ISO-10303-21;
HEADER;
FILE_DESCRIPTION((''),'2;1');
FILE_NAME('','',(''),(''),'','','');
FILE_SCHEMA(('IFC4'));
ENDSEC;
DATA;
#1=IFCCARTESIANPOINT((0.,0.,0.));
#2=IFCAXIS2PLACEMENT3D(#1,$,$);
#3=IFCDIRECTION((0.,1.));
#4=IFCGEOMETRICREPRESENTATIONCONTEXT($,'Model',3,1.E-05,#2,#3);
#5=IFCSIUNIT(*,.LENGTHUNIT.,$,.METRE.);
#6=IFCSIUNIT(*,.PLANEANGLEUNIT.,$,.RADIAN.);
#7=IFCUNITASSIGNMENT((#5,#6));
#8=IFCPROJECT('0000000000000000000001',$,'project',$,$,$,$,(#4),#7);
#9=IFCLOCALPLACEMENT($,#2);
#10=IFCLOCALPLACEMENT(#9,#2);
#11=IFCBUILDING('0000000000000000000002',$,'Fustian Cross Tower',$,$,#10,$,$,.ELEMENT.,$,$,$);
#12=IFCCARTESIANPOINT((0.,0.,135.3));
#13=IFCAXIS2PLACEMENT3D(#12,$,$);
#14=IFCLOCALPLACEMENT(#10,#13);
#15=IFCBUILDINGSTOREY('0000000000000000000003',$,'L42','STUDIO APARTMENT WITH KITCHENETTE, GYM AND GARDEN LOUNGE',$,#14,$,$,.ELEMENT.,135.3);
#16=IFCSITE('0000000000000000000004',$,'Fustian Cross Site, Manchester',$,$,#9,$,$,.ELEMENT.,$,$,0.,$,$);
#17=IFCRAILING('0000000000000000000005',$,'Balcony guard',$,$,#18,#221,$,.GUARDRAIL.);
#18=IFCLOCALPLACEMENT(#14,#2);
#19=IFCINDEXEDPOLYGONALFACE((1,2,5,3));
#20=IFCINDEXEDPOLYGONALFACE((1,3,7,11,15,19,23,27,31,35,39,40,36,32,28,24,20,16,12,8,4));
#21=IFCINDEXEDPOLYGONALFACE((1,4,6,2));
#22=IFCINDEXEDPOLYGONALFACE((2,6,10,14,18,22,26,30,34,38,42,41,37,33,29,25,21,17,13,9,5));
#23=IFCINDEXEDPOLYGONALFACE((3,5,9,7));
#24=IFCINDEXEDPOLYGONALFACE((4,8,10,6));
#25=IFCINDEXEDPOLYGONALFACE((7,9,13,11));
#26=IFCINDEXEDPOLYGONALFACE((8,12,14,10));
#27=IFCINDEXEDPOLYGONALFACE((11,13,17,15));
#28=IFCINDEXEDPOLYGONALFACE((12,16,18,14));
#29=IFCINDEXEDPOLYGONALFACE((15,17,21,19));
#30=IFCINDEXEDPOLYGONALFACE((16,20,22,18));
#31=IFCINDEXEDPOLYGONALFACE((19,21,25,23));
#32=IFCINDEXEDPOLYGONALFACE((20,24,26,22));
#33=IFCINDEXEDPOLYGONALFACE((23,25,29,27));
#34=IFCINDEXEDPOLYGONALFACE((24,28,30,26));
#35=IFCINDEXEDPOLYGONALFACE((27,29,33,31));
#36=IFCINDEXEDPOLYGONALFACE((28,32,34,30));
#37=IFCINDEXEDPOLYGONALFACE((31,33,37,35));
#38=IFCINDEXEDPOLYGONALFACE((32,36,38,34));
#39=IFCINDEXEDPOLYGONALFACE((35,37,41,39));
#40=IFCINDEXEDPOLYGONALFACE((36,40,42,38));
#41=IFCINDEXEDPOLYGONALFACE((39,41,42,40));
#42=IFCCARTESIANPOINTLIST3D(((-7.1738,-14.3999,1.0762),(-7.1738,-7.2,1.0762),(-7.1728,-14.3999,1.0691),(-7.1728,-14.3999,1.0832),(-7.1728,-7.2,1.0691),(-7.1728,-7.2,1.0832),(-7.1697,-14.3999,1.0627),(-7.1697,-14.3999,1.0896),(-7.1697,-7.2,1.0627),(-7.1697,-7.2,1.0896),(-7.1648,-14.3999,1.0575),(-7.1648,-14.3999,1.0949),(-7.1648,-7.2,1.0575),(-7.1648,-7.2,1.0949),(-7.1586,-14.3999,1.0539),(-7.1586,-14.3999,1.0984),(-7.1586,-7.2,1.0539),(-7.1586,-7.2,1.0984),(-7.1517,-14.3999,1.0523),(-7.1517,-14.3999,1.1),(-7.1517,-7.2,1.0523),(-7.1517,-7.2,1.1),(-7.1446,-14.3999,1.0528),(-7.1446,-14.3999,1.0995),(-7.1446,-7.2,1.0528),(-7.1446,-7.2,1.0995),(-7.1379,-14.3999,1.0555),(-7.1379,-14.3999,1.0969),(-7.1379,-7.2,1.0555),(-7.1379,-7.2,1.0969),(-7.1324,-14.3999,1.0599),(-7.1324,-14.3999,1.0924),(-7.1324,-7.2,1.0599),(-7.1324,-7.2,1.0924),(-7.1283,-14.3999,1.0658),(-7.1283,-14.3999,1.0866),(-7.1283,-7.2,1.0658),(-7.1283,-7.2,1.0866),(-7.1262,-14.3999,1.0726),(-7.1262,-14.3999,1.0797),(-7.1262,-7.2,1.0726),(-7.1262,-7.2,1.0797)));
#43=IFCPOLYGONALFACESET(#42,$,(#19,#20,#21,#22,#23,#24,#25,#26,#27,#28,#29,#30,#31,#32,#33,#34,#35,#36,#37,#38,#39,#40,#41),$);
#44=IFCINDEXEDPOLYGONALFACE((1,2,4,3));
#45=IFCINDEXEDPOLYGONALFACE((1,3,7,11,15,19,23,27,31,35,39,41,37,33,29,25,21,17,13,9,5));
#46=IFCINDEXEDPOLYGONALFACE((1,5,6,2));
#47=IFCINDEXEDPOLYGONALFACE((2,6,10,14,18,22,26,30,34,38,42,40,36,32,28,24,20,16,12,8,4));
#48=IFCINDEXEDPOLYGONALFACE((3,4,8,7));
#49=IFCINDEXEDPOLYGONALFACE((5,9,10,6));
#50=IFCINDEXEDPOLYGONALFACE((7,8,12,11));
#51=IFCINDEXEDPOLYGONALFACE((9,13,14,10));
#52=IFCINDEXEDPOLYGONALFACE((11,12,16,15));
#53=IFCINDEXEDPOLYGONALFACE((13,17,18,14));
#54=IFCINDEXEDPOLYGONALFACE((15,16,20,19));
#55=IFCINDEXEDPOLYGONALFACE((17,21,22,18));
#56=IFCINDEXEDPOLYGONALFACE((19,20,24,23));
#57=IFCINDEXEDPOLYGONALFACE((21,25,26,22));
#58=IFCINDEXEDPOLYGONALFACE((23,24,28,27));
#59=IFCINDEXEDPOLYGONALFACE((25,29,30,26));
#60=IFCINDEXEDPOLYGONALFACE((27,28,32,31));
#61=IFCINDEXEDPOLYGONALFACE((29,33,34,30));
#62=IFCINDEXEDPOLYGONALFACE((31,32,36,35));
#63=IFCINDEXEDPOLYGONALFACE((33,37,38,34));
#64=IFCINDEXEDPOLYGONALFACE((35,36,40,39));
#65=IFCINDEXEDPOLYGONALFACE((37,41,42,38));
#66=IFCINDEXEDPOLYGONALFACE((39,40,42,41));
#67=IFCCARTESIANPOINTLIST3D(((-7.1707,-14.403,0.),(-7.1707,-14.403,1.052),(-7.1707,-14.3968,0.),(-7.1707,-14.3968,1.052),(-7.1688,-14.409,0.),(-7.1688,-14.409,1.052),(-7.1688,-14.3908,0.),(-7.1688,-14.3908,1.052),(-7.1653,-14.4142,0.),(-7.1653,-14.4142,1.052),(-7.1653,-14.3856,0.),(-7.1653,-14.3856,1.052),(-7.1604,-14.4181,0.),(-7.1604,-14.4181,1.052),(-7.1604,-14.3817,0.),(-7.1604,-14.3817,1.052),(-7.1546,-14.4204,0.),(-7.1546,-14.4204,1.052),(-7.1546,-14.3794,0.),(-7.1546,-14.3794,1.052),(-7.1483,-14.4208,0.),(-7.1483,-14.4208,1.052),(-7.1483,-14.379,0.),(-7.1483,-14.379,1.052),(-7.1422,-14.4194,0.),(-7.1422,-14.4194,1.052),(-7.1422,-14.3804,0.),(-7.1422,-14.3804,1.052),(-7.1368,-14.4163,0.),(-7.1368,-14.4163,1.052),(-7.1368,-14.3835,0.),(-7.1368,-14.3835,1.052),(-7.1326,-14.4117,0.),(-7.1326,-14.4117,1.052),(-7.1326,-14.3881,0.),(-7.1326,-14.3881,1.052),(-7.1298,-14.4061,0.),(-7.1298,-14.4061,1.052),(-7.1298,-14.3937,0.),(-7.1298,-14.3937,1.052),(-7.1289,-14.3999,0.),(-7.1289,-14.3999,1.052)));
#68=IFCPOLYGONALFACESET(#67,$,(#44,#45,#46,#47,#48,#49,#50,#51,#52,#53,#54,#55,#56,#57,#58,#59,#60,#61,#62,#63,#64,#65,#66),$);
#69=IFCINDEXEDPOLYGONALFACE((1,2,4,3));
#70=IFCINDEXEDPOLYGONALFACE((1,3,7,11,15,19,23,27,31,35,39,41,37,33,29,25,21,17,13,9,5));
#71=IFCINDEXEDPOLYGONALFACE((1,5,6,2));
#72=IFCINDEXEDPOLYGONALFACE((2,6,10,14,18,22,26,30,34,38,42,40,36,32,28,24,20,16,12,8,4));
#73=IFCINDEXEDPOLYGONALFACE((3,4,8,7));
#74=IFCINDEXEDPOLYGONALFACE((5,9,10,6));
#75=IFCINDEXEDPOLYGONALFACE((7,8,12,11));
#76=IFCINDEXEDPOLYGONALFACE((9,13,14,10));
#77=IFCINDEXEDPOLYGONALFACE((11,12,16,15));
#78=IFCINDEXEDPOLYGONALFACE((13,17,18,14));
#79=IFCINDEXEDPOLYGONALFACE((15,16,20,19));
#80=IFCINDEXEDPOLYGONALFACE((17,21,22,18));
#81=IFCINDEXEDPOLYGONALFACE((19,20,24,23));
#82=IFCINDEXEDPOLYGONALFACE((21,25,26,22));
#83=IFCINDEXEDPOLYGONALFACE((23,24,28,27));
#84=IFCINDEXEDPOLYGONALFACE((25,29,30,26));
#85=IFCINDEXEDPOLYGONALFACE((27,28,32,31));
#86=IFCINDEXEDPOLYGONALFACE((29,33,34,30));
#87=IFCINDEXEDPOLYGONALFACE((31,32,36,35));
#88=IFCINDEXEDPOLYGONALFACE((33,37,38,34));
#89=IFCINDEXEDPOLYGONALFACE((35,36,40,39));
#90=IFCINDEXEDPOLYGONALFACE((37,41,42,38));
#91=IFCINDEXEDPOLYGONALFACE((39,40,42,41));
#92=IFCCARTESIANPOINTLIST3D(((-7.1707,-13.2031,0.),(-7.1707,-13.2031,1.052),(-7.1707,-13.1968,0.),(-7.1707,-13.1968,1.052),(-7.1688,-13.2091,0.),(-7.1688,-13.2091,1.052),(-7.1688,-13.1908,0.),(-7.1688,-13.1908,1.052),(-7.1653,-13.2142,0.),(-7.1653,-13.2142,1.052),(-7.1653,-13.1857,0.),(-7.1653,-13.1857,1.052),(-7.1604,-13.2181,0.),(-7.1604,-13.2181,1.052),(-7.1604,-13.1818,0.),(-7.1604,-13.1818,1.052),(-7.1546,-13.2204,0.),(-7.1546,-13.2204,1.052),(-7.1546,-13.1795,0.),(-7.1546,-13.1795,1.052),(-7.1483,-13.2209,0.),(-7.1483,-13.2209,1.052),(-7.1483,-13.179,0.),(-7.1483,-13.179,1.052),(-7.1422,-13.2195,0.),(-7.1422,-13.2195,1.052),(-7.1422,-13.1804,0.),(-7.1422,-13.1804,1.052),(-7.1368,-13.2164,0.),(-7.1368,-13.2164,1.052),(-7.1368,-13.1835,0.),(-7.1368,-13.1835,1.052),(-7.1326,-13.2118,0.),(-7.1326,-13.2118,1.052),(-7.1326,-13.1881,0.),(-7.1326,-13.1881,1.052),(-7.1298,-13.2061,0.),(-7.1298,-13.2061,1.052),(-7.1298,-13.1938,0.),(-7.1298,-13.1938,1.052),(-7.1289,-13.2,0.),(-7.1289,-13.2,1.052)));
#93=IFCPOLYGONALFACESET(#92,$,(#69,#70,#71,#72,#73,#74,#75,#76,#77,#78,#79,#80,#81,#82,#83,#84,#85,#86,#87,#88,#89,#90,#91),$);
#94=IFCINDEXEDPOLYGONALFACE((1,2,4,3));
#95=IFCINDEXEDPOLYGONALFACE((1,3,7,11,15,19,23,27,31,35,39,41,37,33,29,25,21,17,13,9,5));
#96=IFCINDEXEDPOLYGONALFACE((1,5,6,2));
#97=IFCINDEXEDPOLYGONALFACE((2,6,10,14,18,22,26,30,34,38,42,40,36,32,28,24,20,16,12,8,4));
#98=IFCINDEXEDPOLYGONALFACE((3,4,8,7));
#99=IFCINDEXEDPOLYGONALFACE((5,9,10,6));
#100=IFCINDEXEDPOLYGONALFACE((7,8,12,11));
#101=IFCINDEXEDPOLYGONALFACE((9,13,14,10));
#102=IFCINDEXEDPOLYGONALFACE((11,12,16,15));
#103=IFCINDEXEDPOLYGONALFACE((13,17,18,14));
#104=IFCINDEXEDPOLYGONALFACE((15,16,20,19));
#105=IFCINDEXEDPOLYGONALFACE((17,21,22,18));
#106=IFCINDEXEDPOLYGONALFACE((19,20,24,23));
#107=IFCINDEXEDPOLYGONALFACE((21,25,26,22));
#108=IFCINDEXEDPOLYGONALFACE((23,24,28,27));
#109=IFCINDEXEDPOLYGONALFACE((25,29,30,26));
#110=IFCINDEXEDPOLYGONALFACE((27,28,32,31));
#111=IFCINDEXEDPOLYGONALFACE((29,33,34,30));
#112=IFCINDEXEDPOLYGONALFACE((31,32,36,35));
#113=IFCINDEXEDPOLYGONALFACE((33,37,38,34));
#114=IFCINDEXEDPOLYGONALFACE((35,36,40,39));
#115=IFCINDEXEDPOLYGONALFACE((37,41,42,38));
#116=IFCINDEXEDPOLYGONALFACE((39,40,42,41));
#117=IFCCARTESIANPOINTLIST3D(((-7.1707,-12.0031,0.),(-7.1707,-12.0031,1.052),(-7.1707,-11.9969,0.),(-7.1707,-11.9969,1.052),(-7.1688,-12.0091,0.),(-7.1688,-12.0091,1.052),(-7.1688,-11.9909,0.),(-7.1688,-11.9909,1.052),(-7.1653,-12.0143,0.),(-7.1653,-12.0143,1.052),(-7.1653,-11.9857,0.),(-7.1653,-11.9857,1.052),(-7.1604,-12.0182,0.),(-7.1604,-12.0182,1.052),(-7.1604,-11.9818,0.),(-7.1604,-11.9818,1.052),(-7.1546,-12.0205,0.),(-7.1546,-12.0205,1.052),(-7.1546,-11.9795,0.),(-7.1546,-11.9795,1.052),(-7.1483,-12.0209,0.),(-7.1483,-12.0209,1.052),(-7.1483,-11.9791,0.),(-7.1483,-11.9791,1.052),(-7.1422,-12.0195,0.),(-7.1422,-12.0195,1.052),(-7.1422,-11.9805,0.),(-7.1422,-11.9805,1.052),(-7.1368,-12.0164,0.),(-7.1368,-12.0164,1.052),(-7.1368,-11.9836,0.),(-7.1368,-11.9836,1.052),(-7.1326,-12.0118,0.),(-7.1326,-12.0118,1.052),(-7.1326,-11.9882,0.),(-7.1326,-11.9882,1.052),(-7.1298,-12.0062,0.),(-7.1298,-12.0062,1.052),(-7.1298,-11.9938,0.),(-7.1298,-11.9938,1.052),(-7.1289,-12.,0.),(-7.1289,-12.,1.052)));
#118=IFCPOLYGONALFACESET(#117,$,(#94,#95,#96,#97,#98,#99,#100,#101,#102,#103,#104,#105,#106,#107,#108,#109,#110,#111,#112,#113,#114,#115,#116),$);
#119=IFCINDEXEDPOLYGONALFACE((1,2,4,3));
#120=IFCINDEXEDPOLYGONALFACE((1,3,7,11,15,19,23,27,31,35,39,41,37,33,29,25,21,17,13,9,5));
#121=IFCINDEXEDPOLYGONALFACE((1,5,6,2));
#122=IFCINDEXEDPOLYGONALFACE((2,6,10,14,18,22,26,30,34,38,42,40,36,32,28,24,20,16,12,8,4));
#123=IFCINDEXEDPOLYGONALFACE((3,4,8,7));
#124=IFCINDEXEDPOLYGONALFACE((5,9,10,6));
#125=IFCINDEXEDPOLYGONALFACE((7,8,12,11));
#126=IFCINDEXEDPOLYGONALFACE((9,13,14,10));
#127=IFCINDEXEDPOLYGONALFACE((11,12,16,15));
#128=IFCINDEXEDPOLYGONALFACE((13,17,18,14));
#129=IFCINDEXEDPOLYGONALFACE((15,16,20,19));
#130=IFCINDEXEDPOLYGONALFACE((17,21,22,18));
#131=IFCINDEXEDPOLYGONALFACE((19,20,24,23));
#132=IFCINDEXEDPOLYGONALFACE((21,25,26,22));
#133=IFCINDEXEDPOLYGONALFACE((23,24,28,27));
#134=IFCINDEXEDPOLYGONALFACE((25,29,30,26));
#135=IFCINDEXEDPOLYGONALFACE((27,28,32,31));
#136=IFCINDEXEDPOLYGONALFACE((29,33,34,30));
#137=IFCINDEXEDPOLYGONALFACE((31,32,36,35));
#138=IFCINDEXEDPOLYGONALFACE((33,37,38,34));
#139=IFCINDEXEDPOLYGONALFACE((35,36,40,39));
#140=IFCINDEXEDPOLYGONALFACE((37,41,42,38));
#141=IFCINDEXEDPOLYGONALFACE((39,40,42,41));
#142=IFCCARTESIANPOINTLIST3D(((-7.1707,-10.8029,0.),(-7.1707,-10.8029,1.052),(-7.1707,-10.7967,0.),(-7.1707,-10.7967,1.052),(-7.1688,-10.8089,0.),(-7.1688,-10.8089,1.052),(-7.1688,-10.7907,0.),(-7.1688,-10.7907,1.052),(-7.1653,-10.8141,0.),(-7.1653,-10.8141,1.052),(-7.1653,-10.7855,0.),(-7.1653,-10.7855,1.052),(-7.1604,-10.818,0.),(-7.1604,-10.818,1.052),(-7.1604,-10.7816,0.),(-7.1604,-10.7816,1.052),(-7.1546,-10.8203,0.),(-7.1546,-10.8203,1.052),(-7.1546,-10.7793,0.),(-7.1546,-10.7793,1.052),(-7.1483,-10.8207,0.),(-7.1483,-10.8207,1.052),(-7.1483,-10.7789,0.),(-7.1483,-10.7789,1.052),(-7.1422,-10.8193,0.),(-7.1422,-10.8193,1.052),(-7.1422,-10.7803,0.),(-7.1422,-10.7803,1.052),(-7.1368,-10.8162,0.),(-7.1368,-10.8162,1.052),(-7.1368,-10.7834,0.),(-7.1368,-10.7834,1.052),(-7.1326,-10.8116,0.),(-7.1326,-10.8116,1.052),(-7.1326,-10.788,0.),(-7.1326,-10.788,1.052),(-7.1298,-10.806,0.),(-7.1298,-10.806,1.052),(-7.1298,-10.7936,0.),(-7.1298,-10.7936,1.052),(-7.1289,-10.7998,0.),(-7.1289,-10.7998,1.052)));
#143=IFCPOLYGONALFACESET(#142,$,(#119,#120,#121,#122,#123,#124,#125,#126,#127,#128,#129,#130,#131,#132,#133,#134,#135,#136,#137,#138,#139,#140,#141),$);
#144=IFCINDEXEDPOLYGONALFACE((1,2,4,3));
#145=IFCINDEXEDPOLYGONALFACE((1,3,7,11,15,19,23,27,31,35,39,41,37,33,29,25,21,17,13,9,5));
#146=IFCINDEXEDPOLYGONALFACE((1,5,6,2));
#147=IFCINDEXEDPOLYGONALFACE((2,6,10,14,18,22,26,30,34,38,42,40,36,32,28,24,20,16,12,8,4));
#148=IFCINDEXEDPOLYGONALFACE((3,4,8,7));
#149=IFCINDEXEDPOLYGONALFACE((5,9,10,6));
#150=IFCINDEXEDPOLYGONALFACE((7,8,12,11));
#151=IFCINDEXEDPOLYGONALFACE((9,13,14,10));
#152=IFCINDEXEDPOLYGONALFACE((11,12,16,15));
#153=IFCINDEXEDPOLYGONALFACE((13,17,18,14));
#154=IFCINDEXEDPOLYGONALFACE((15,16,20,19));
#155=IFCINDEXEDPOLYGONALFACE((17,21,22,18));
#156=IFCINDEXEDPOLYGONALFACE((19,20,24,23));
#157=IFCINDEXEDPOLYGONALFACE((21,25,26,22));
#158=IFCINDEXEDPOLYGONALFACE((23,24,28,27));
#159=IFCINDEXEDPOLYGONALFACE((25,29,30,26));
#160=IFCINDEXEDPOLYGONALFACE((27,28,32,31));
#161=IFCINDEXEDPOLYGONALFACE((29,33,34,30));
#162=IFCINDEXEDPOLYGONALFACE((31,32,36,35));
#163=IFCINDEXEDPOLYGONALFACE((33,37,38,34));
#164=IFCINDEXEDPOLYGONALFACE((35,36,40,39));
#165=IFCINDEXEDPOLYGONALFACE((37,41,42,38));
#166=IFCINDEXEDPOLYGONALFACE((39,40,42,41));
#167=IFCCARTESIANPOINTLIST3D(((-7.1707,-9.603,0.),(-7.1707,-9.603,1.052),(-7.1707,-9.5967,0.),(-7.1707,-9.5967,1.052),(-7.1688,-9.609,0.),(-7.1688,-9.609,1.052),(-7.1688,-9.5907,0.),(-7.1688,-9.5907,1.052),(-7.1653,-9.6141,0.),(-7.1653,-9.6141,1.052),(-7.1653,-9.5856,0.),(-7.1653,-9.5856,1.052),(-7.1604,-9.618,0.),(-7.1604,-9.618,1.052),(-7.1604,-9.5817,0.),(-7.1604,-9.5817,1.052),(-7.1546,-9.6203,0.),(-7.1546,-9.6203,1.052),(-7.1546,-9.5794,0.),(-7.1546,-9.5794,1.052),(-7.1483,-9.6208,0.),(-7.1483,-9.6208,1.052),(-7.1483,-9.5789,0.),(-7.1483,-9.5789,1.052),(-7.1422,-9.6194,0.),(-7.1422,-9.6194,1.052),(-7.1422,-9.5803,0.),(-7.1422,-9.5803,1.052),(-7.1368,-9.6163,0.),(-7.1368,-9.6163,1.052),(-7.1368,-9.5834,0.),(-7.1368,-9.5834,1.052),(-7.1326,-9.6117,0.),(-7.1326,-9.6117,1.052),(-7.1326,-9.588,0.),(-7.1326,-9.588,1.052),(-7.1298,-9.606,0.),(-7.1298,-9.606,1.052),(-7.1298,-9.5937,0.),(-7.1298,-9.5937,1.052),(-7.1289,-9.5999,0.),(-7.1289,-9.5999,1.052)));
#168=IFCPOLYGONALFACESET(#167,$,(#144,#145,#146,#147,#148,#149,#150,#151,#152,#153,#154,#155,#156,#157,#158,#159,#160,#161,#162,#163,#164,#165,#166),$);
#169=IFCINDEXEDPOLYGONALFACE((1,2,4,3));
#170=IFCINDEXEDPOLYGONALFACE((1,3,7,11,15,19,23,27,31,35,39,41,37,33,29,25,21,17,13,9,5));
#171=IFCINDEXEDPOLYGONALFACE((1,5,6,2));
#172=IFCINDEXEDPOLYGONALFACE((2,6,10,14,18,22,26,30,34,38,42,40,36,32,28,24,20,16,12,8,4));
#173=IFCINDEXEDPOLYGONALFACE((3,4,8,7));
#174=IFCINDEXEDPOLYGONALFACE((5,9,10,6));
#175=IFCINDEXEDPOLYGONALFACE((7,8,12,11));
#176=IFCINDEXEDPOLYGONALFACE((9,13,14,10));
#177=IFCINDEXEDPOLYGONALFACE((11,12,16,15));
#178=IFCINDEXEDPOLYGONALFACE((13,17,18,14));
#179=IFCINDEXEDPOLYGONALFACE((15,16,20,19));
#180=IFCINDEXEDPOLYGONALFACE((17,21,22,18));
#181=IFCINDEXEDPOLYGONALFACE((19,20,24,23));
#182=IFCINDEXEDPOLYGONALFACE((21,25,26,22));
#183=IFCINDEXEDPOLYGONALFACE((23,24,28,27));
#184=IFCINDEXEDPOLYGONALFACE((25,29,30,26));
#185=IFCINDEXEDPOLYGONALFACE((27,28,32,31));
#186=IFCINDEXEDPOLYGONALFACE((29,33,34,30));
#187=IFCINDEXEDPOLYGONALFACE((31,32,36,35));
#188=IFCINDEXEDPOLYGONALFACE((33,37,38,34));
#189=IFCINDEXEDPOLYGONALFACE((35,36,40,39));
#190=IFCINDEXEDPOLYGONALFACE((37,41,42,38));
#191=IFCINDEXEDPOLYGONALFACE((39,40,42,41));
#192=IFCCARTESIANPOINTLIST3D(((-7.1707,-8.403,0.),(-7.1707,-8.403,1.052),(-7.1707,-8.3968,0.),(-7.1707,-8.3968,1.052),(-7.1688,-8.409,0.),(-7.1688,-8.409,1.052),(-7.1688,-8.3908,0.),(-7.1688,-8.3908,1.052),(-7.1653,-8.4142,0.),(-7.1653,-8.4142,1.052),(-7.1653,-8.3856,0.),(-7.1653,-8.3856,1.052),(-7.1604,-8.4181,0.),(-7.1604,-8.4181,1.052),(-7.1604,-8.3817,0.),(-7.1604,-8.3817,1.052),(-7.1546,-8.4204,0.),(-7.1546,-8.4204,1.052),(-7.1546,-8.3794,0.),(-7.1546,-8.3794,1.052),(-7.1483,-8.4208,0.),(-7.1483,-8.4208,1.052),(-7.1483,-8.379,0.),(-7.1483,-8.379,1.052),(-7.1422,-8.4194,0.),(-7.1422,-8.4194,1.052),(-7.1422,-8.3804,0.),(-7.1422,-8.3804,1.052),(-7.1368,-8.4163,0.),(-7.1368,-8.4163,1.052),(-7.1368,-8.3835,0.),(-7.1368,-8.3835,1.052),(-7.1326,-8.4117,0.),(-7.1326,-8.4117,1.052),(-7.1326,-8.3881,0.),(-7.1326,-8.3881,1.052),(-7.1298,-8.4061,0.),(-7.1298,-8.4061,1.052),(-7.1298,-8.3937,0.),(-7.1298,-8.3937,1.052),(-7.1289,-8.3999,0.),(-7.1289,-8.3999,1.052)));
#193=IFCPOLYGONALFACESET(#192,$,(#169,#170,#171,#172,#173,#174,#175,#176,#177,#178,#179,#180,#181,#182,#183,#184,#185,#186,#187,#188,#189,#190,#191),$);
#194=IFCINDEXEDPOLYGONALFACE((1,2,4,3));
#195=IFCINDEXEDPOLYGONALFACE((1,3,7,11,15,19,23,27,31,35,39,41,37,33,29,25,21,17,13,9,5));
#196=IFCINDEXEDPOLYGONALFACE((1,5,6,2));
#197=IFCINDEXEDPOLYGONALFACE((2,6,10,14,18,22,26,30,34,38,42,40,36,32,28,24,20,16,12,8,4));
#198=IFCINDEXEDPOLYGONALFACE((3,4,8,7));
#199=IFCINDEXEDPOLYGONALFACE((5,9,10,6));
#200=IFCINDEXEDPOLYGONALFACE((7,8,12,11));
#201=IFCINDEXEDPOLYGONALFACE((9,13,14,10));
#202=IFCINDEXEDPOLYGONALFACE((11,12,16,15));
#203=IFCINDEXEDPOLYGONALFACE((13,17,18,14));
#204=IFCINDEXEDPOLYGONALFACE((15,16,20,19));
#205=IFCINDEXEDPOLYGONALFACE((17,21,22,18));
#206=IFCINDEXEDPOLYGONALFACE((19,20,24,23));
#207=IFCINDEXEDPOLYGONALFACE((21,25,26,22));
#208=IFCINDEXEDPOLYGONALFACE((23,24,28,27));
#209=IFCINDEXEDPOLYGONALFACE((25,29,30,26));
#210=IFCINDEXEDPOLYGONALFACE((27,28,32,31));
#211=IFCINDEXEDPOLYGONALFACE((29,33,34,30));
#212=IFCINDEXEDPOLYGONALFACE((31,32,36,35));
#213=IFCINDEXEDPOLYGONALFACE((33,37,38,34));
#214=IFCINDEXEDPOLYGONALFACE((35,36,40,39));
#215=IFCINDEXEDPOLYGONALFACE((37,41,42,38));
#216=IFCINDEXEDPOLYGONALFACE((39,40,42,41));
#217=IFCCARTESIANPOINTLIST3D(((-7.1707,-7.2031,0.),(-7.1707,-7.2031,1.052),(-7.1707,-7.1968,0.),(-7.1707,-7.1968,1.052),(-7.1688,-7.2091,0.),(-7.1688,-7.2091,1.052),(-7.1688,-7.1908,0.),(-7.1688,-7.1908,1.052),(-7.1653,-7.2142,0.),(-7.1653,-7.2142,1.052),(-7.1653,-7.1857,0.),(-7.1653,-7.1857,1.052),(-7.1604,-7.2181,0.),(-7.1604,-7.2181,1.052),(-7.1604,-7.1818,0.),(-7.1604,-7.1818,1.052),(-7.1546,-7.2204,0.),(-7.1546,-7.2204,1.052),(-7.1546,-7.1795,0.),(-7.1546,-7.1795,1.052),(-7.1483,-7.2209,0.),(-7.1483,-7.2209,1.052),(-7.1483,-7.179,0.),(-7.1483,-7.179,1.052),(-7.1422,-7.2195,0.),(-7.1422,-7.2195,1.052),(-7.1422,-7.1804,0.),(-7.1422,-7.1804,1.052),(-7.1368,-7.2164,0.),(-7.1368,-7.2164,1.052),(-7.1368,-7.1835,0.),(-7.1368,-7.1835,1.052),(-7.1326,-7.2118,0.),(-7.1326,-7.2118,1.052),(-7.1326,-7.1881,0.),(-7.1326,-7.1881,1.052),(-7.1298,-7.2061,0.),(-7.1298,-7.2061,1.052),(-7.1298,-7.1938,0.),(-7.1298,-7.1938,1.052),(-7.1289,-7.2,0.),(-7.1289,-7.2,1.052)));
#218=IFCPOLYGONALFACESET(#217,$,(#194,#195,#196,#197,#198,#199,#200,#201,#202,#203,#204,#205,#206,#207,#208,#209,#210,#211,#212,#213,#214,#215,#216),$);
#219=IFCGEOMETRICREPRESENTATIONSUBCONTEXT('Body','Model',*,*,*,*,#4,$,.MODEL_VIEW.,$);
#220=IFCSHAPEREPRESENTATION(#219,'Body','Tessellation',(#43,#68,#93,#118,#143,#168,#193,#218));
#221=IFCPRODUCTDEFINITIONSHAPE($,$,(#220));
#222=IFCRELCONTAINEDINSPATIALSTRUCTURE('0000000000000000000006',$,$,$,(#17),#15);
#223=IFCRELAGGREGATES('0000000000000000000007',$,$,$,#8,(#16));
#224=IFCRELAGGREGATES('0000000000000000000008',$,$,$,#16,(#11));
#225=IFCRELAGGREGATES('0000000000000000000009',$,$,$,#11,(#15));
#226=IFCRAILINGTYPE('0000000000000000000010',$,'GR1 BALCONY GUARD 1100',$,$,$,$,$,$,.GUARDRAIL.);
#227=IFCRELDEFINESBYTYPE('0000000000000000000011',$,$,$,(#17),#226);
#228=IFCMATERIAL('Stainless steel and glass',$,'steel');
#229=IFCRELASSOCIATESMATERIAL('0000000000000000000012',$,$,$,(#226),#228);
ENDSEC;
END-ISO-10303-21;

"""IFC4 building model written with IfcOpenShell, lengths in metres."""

from ifc_helpers import new_model, si_unit, direction, frame, origin, origin_2d, place, context, subcontext, project, spatial, circle, extrude, material, type_object, element, save


model = new_model("IFC4")

# Units and contexts
model_context = context("Model", 3, precision=1e-05, world=origin(), true_north=direction((0.0, 1.0)))
body_context = subcontext(model_context, "Body", "Model", "MODEL_VIEW")
ifc_project = project(units=[si_unit("LENGTHUNIT", "METRE"), si_unit("PLANEANGLEUNIT", "RADIAN")], contexts=[model_context])

# Site, building, storey
site_placement = place(None, origin())
site = spatial("IfcSite", under=ifc_project, at=site_placement, Name="Fustian Cross Site, Manchester", CompositionType="ELEMENT", RefElevation=0.0)
building_placement = place(site_placement, origin())
building = spatial("IfcBuilding", under=site, at=building_placement, Name="Fustian Cross Tower", CompositionType="ELEMENT")
storey_placement = place(building_placement, frame((0.0, 0.0, 135.3)))
storey = spatial("IfcBuildingStorey", under=building, at=storey_placement, Name="L42", Description="STUDIO APARTMENT WITH KITCHENETTE, GYM AND GARDEN LOUNGE", CompositionType="ELEMENT", Elevation=135.3)

# Railing
ifc_material_1 = material(Name="Stainless steel and glass", Category="steel")
railing_type = type_object("IfcRailingType", Name="GR1 BALCONY GUARD 1100", PredefinedType="GUARDRAIL", material=ifc_material_1)
railing_placement = place(storey_placement, frame((-7.1499, -14.3999, 0.0)))
element("IfcRailing", 1, at=railing_placement, inside=storey, type_object=railing_type, Name="Balcony guard", PredefinedType="GUARDRAIL", context=body_context, shape_type="SweptSolid", body=[
    extrude(circle(Radius=0.0239, at=origin_2d()), frame((0.0, 0.0, 1.0762), z_axis=(0.0, 1.0, 0.0), x_axis=(-1.0, 0.0, 0.0)), (0.0, 0.0, 1.0), 7.2),
    extrude(circle(Radius=0.021, at=origin_2d()), origin(), (0.0, 0.0, 1.0), 1.052),
    extrude(circle(Radius=0.021, at=origin_2d()), frame((0.0, 1.2, 0.0)), (0.0, 0.0, 1.0), 1.052),
    extrude(circle(Radius=0.021, at=origin_2d()), frame((0.0, 2.3999, 0.0)), (0.0, 0.0, 1.0), 1.052),
    extrude(circle(Radius=0.021, at=origin_2d()), frame((0.0, 3.6001, 0.0)), (0.0, 0.0, 1.0), 1.052),
    extrude(circle(Radius=0.021, at=origin_2d()), frame((0.0, 4.8, 0.0)), (0.0, 0.0, 1.0), 1.052),
    extrude(circle(Radius=0.021, at=origin_2d()), frame((0.0, 6.0, 0.0)), (0.0, 0.0, 1.0), 1.052),
    extrude(circle(Radius=0.021, at=origin_2d()), frame((0.0, 7.2, 0.0)), (0.0, 0.0, 1.0), 1.052),
])

save(model, "model.ifc")
